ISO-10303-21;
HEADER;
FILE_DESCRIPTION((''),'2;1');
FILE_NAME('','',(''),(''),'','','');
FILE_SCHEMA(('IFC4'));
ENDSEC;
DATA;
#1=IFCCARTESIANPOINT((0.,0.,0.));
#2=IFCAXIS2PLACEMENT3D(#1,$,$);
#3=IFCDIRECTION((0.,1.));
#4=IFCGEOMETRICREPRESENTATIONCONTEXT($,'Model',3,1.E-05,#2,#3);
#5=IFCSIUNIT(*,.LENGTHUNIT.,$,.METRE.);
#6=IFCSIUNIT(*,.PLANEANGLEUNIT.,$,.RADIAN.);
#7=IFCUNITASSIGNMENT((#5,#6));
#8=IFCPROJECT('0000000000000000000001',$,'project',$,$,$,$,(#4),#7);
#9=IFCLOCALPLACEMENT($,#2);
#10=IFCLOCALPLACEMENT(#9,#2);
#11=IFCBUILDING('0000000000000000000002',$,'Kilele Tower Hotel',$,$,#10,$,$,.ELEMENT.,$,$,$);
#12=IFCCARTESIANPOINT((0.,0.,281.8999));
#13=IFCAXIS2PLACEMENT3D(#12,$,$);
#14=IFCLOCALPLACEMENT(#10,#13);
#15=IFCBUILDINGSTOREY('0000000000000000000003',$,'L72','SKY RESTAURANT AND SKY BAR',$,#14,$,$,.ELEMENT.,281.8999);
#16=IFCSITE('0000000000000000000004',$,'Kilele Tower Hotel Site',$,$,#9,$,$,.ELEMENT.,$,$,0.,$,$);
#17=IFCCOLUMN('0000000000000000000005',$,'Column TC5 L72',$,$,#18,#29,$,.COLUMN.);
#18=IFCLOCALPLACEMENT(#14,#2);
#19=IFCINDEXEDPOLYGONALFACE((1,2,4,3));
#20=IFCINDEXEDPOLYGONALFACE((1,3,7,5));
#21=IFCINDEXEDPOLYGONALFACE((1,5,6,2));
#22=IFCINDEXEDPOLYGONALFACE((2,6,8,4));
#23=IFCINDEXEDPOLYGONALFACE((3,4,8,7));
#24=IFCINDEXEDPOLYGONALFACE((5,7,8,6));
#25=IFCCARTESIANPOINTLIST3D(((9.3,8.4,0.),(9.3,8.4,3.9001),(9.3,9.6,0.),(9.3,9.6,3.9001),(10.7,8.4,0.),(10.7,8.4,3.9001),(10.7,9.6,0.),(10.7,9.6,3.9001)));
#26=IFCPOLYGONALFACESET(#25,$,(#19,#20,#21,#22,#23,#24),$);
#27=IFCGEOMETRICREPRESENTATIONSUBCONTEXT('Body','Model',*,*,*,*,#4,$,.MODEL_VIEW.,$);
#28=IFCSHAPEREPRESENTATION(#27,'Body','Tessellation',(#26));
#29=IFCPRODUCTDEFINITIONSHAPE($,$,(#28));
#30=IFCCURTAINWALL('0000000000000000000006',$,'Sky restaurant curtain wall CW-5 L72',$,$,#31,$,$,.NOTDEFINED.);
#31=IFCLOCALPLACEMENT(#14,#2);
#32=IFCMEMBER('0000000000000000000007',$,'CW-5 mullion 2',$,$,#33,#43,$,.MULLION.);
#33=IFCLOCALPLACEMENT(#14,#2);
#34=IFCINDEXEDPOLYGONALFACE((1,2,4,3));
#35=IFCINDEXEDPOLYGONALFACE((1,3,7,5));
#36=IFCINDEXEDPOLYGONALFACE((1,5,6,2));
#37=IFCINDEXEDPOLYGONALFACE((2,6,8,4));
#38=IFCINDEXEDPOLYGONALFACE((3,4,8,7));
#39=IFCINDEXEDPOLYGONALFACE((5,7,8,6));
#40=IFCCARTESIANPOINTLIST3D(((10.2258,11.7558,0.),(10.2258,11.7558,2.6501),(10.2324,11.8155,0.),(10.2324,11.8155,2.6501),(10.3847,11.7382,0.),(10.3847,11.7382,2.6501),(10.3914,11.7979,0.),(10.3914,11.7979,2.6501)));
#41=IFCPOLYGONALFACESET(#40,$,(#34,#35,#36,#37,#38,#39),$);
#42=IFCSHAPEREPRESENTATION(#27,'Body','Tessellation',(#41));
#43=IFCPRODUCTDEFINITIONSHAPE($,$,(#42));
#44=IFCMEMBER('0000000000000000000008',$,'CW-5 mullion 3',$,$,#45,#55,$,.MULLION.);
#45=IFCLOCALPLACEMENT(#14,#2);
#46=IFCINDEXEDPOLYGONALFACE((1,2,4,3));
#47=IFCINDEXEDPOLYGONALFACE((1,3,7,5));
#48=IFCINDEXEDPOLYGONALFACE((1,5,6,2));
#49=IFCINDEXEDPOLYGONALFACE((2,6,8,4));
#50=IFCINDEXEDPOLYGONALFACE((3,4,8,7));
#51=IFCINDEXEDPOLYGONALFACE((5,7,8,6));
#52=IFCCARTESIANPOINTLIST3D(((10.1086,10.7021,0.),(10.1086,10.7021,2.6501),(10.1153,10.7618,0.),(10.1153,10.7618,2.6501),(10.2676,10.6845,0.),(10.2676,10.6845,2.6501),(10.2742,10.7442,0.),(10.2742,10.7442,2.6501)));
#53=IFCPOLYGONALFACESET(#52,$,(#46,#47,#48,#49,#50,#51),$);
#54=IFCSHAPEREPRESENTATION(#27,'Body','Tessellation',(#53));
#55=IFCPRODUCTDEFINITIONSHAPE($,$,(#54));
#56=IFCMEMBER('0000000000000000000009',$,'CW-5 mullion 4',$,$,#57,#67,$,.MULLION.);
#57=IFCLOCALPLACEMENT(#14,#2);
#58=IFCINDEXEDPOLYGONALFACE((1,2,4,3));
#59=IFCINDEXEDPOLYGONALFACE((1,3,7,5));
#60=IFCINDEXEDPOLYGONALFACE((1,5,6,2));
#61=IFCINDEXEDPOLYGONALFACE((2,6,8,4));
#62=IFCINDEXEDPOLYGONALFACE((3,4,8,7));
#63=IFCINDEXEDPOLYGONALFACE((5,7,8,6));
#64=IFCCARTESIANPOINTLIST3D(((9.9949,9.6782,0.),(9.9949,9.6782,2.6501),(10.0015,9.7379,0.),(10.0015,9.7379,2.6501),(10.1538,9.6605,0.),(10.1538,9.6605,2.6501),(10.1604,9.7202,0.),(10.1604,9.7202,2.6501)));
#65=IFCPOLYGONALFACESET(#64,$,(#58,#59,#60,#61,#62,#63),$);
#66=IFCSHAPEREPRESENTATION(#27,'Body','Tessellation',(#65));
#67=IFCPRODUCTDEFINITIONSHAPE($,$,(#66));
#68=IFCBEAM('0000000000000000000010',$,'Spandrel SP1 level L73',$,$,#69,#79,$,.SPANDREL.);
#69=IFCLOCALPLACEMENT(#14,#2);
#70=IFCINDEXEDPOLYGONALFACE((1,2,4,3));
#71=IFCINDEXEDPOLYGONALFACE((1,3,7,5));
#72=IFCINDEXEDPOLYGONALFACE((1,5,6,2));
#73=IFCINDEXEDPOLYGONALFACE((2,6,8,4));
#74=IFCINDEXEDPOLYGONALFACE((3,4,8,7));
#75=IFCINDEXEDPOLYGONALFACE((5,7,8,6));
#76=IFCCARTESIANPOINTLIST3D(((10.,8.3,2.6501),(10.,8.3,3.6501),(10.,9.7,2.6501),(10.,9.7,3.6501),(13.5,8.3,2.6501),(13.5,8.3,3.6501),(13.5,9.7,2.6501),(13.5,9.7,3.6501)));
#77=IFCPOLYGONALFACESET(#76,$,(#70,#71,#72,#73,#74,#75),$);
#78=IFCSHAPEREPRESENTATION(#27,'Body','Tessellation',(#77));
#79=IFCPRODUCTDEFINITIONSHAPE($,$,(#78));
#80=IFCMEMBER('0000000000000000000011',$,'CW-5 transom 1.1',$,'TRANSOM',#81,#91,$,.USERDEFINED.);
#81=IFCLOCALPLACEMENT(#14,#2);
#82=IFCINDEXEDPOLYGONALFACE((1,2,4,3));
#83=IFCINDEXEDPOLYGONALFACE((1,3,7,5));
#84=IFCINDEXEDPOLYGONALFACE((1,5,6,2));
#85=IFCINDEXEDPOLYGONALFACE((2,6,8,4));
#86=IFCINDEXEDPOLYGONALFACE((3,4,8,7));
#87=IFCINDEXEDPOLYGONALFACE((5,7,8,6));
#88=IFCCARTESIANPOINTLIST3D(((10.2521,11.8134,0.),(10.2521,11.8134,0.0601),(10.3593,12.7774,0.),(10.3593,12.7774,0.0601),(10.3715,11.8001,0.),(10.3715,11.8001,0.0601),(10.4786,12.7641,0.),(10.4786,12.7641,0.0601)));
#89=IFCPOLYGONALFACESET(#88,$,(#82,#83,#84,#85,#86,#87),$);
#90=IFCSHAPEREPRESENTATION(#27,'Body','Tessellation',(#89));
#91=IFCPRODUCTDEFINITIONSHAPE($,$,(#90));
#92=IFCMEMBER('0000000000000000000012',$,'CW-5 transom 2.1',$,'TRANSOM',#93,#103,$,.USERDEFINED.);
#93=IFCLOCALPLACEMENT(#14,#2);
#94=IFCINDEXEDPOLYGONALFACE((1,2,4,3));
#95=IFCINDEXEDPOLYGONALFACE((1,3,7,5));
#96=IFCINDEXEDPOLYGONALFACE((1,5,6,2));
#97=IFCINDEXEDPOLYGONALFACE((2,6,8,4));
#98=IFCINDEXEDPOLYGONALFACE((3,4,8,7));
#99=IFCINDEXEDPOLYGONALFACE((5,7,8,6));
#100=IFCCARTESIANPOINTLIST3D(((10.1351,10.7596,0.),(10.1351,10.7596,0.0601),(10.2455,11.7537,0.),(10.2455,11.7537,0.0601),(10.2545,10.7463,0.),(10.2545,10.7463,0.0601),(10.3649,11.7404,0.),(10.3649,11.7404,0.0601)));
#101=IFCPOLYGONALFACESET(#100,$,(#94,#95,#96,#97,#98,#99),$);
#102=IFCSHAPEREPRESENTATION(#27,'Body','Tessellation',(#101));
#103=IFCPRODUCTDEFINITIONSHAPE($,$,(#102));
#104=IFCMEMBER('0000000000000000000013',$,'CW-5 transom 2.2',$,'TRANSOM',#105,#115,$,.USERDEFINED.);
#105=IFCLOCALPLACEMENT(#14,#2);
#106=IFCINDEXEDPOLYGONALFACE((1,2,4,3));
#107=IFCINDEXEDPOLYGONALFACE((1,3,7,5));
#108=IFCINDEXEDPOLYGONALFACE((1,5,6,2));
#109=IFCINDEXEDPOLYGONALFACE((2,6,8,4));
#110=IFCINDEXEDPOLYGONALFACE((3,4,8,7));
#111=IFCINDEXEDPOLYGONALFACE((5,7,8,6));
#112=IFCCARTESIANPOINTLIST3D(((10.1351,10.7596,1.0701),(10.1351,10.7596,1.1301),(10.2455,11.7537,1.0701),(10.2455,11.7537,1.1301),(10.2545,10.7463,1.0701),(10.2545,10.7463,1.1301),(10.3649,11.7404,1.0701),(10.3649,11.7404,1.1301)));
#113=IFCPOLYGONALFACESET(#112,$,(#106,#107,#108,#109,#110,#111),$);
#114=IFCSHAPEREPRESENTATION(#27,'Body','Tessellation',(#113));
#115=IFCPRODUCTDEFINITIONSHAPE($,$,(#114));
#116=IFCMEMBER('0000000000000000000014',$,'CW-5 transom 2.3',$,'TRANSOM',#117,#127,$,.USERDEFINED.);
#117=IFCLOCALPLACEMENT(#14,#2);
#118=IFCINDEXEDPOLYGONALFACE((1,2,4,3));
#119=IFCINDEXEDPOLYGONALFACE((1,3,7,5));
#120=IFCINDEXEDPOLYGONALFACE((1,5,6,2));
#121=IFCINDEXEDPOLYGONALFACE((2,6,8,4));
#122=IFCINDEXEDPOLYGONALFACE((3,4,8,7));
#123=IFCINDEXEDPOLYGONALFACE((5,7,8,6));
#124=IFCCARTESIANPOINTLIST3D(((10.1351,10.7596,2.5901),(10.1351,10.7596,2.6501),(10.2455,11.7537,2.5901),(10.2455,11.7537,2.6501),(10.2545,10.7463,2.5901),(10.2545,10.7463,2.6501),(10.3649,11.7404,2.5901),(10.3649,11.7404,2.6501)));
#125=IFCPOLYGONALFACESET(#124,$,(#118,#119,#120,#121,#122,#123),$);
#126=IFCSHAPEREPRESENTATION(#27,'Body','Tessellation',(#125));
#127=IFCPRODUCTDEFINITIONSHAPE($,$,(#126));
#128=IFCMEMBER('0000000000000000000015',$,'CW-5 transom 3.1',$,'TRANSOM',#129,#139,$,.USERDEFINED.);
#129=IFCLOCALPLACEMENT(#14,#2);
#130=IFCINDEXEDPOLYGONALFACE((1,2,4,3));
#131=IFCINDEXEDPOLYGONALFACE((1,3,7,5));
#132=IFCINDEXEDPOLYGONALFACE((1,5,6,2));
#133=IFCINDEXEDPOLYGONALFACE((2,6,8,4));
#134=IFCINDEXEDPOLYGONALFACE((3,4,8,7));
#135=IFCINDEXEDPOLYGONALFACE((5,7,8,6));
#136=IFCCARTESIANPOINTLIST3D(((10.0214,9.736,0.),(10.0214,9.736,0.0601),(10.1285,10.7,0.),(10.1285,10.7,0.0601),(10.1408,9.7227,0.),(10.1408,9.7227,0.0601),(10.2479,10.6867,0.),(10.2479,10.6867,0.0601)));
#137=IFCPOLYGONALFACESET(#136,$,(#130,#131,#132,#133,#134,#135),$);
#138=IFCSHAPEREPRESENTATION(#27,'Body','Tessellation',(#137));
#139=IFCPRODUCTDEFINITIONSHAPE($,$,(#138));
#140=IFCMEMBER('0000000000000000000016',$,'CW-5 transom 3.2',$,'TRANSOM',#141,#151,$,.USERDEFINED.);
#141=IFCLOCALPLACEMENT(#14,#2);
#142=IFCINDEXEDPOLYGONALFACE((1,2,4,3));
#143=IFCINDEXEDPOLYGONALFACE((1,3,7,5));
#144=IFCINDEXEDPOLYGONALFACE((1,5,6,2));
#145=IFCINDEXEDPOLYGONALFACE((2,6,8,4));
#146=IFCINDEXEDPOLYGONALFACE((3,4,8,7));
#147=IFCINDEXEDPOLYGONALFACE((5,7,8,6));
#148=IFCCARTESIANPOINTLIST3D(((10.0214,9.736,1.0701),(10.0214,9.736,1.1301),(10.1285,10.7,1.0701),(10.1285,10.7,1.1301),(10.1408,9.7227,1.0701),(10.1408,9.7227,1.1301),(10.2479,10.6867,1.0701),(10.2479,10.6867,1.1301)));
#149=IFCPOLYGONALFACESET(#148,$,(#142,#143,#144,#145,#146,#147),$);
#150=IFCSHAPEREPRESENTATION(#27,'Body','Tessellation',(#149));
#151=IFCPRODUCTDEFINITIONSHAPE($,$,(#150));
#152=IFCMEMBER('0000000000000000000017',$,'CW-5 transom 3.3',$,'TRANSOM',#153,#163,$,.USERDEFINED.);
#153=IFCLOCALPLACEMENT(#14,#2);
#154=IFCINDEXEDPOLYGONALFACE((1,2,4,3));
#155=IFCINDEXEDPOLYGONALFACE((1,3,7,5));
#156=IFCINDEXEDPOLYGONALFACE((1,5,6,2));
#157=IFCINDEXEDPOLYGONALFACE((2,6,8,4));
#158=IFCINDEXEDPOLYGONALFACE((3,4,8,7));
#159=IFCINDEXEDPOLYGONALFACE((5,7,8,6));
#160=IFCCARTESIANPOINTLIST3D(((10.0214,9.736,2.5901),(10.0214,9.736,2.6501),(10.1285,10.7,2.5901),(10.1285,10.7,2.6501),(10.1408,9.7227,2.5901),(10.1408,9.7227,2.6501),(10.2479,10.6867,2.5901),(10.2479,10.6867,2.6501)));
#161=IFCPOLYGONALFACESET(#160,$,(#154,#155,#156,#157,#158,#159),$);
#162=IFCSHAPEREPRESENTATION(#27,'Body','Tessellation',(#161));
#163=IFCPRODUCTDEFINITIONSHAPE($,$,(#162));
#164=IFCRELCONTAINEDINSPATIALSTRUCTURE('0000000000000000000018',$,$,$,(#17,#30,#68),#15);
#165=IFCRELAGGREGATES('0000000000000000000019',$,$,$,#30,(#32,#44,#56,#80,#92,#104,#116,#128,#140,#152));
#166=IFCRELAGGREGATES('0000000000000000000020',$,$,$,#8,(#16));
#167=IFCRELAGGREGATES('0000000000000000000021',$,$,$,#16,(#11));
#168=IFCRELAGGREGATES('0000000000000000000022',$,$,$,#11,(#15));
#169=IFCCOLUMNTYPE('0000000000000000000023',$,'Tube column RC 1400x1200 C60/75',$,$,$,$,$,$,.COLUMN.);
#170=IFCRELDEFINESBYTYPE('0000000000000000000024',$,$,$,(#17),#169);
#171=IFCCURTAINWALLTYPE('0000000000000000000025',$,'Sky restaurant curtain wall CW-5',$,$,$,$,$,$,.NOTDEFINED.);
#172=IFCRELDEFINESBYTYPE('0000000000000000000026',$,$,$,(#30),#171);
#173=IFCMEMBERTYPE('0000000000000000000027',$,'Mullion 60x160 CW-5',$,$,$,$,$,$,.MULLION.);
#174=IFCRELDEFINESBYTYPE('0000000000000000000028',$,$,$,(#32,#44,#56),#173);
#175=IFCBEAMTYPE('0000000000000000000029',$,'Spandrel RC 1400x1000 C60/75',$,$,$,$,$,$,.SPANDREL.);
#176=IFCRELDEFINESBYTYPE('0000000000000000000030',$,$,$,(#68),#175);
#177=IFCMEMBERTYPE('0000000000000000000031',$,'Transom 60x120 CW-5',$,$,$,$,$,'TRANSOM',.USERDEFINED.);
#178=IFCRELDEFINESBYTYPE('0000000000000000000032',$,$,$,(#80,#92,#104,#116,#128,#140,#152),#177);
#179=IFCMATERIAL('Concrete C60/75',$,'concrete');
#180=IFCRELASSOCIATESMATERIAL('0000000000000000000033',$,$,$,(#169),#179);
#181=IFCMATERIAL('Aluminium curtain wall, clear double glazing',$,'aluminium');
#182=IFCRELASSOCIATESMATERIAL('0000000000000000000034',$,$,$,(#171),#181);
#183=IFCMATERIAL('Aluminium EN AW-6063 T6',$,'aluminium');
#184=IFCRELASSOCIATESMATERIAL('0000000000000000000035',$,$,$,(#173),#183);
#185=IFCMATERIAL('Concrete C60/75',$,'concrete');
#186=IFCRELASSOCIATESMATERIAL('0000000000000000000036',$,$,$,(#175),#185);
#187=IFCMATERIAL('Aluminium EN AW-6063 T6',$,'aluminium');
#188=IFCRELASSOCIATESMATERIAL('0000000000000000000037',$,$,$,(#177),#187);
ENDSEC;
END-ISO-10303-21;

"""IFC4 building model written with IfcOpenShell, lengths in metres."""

from ifc_helpers import new_model, si_unit, direction, frame, origin, origin_2d, place, context, subcontext, project, spatial, rectangle, extrude, material, material_profile, profile_set, type_object, element, aggregate, save


model = new_model("IFC4")

# Units and contexts
model_context = context("Model", 3, precision=1e-05, world=origin(), true_north=direction((0.0, 1.0)))
body_context = subcontext(model_context, "Body", "Model", "MODEL_VIEW")
ifc_project = project(units=[si_unit("LENGTHUNIT", "METRE"), si_unit("PLANEANGLEUNIT", "RADIAN")], contexts=[model_context])

# Site, building, storey
site_placement = place(None, origin())
site = spatial("IfcSite", under=ifc_project, at=site_placement, Name="Kilele Tower Hotel Site", CompositionType="ELEMENT", RefElevation=0.0)
building_placement = place(site_placement, origin())
building = spatial("IfcBuilding", under=site, at=building_placement, Name="Kilele Tower Hotel", CompositionType="ELEMENT")
storey_placement = place(building_placement, frame((0.0, 0.0, 281.8999)))
storey = spatial("IfcBuildingStorey", under=building, at=storey_placement, Name="L72", Description="SKY RESTAURANT AND SKY BAR", CompositionType="ELEMENT", Elevation=281.8999)

# Column
ifc_material_1 = material(Name="Concrete C60/75", Category="concrete")
ifc_material_profile_1 = material_profile(ifc_material_1, rectangle(XDim=1.3999, YDim=1.2, at=origin_2d()))
ifc_profile_set_1 = profile_set([ifc_material_profile_1], Name="Concrete C60/75")
column_type = type_object("IfcColumnType", Name="Tube column RC 1400x1200 C60/75", PredefinedType="COLUMN", material=ifc_profile_set_1)
column_placement = place(storey_placement, frame((10.0, 9.0, 0.0), z_axis=(0.0, 0.0, 1.0), x_axis=(1.0, 0.0, 0.0)))
element("IfcColumn", 1, at=column_placement, inside=storey, type_object=column_type, Name="Column TC5 L72", PredefinedType="COLUMN", context=body_context, shape_type="SweptSolid", body=[
    extrude(rectangle(XDim=1.3999, YDim=1.2, at=origin_2d()), origin(), (0.0, 0.0, 1.0), 3.9001),
])

# Curtain wall, members
ifc_material_2 = material(Name="Aluminium curtain wall, clear double glazing", Category="aluminium")
curtain_wall_type = type_object("IfcCurtainWallType", Name="Sky restaurant curtain wall CW-5", PredefinedType="NOTDEFINED", material=ifc_material_2)
curtain_wall_placement = place(storey_placement, origin())
curtain_wall = element("IfcCurtainWall", 2, at=curtain_wall_placement, inside=storey, type_object=curtain_wall_type, Name="Sky restaurant curtain wall CW-5 L72", PredefinedType="NOTDEFINED")
ifc_material_3 = material(Name="Aluminium EN AW-6063 T6", Category="aluminium")
ifc_material_profile_2 = material_profile(ifc_material_3, rectangle(XDim=0.1599, YDim=0.0601, at=origin_2d()))
ifc_profile_set_2 = profile_set([ifc_material_profile_2], Name="Aluminium EN AW-6063 T6")
member_type_1 = type_object("IfcMemberType", Name="Mullion 60x160 CW-5", PredefinedType="MULLION", material=ifc_profile_set_2)
member_1_placement = place(storey_placement, frame((10.3086, 11.7769, 0.0), z_axis=(0.0, 0.0, 1.0), x_axis=(0.993884, -0.110432, 0.0)))
member_1 = element("IfcMember", 3, at=member_1_placement, type_object=member_type_1, Name="CW-5 mullion 2", PredefinedType="MULLION", context=body_context, shape_type="SweptSolid", body=[
    extrude(rectangle(XDim=0.1599, YDim=0.0601, at=origin_2d()), origin(), (0.0, 0.0, 1.0), 2.6501),
])
member_2_placement = place(storey_placement, frame((10.1914, 10.7231, 0.0), z_axis=(0.0, 0.0, 1.0), x_axis=(0.993884, -0.110432, 0.0)))
member_2 = element("IfcMember", 4, at=member_2_placement, type_object=member_type_1, Name="CW-5 mullion 3", PredefinedType="MULLION", context=body_context, shape_type="SweptSolid", body=[
    extrude(rectangle(XDim=0.1599, YDim=0.0601, at=origin_2d()), origin(), (0.0, 0.0, 1.0), 2.6501),
])
member_3_placement = place(storey_placement, frame((10.0776, 9.6992, 0.0), z_axis=(0.0, 0.0, 1.0), x_axis=(0.993884, -0.110432, 0.0)))
member_3 = element("IfcMember", 5, at=member_3_placement, type_object=member_type_1, Name="CW-5 mullion 4", PredefinedType="MULLION", context=body_context, shape_type="SweptSolid", body=[
    extrude(rectangle(XDim=0.1599, YDim=0.0601, at=origin_2d()), origin(), (0.0, 0.0, 1.0), 2.6501),
])

# Beam
ifc_material_4 = material(Name="Concrete C60/75", Category="concrete")
ifc_material_profile_3 = material_profile(ifc_material_4, rectangle(XDim=1.3999, YDim=1.0, at=origin_2d()))
ifc_profile_set_3 = profile_set([ifc_material_profile_3], Name="Concrete C60/75")
beam_type = type_object("IfcBeamType", Name="Spandrel RC 1400x1000 C60/75", PredefinedType="SPANDREL", material=ifc_profile_set_3)
beam_placement = place(storey_placement, frame((10.0, 9.0, 3.1501), z_axis=(1.0, 0.0, 0.0), x_axis=(0.0, 1.0, 0.0)))
element("IfcBeam", 6, at=beam_placement, inside=storey, type_object=beam_type, Name="Spandrel SP1 level L73", PredefinedType="SPANDREL", context=body_context, shape_type="SweptSolid", body=[
    extrude(rectangle(XDim=1.3999, YDim=1.0, at=origin_2d()), origin(), (0.0, 0.0, 1.0), 3.5),
])

# Members
ifc_material_5 = material(Name="Aluminium EN AW-6063 T6", Category="aluminium")
ifc_material_profile_4 = material_profile(ifc_material_5, rectangle(XDim=0.1201, YDim=0.0601, at=origin_2d()))
ifc_profile_set_4 = profile_set([ifc_material_profile_4], Name="Aluminium EN AW-6063 T6")
member_type_2 = type_object("IfcMemberType", Name="Transom 60x120 CW-5", ElementType="TRANSOM", PredefinedType="USERDEFINED", material=ifc_profile_set_4)
member_4_placement = place(storey_placement, frame((10.4189, 12.7708, 0.03), z_axis=(-0.110487, -0.993878, 0.0), x_axis=(0.993878, -0.110487, 0.0)))
member_4 = element("IfcMember", 7, at=member_4_placement, type_object=member_type_2, Name="CW-5 transom 1.1", ObjectType="TRANSOM", PredefinedType="USERDEFINED", context=body_context, shape_type="SweptSolid", body=[
    extrude(rectangle(XDim=0.1201, YDim=0.0601, at=origin_2d()), origin(), (0.0, 0.0, 1.0), 0.97),
])
member_5_placement = place(storey_placement, frame((10.3052, 11.7471, 0.03), z_axis=(-0.110324, -0.993896, 0.0), x_axis=(0.993896, -0.110324, 0.0)))
member_5 = element("IfcMember", 8, at=member_5_placement, type_object=member_type_2, Name="CW-5 transom 2.1", ObjectType="TRANSOM", PredefinedType="USERDEFINED", context=body_context, shape_type="SweptSolid", body=[
    extrude(rectangle(XDim=0.1201, YDim=0.0601, at=origin_2d()), origin(), (0.0, 0.0, 1.0), 1.0002),
])
member_6_placement = place(storey_placement, frame((10.3052, 11.7471, 1.1001), z_axis=(-0.110324, -0.993896, 0.0), x_axis=(0.993896, -0.110324, 0.0)))
member_6 = element("IfcMember", 9, at=member_6_placement, type_object=member_type_2, Name="CW-5 transom 2.2", ObjectType="TRANSOM", PredefinedType="USERDEFINED", context=body_context, shape_type="SweptSolid", body=[
    extrude(rectangle(XDim=0.1201, YDim=0.0601, at=origin_2d()), origin(), (0.0, 0.0, 1.0), 1.0002),
])
member_7_placement = place(storey_placement, frame((10.3052, 11.7471, 2.6201), z_axis=(-0.110324, -0.993896, 0.0), x_axis=(0.993896, -0.110324, 0.0)))
member_7 = element("IfcMember", 10, at=member_7_placement, type_object=member_type_2, Name="CW-5 transom 2.3", ObjectType="TRANSOM", PredefinedType="USERDEFINED", context=body_context, shape_type="SweptSolid", body=[
    extrude(rectangle(XDim=0.1201, YDim=0.0601, at=origin_2d()), origin(), (0.0, 0.0, 1.0), 1.0002),
])
member_8_placement = place(storey_placement, frame((10.1882, 10.6934, 0.03), z_axis=(-0.110487, -0.993878, 0.0), x_axis=(0.993878, -0.110487, 0.0)))
member_8 = element("IfcMember", 11, at=member_8_placement, type_object=member_type_2, Name="CW-5 transom 3.1", ObjectType="TRANSOM", PredefinedType="USERDEFINED", context=body_context, shape_type="SweptSolid", body=[
    extrude(rectangle(XDim=0.1201, YDim=0.0601, at=origin_2d()), origin(), (0.0, 0.0, 1.0), 0.97),
])
member_9_placement = place(storey_placement, frame((10.1882, 10.6934, 1.1001), z_axis=(-0.110487, -0.993878, 0.0), x_axis=(0.993878, -0.110487, 0.0)))
member_9 = element("IfcMember", 12, at=member_9_placement, type_object=member_type_2, Name="CW-5 transom 3.2", ObjectType="TRANSOM", PredefinedType="USERDEFINED", context=body_context, shape_type="SweptSolid", body=[
    extrude(rectangle(XDim=0.1201, YDim=0.0601, at=origin_2d()), origin(), (0.0, 0.0, 1.0), 0.97),
])
member_10_placement = place(storey_placement, frame((10.1882, 10.6934, 2.6201), z_axis=(-0.110487, -0.993878, 0.0), x_axis=(0.993878, -0.110487, 0.0)))
member_10 = element("IfcMember", 13, at=member_10_placement, type_object=member_type_2, Name="CW-5 transom 3.3", ObjectType="TRANSOM", PredefinedType="USERDEFINED", context=body_context, shape_type="SweptSolid", body=[
    extrude(rectangle(XDim=0.1201, YDim=0.0601, at=origin_2d()), origin(), (0.0, 0.0, 1.0), 0.97),
])

aggregate(curtain_wall, [member_1, member_2, member_3, member_4, member_5, member_6, member_7, member_8, member_9, member_10])

save(model, "model.ifc")
